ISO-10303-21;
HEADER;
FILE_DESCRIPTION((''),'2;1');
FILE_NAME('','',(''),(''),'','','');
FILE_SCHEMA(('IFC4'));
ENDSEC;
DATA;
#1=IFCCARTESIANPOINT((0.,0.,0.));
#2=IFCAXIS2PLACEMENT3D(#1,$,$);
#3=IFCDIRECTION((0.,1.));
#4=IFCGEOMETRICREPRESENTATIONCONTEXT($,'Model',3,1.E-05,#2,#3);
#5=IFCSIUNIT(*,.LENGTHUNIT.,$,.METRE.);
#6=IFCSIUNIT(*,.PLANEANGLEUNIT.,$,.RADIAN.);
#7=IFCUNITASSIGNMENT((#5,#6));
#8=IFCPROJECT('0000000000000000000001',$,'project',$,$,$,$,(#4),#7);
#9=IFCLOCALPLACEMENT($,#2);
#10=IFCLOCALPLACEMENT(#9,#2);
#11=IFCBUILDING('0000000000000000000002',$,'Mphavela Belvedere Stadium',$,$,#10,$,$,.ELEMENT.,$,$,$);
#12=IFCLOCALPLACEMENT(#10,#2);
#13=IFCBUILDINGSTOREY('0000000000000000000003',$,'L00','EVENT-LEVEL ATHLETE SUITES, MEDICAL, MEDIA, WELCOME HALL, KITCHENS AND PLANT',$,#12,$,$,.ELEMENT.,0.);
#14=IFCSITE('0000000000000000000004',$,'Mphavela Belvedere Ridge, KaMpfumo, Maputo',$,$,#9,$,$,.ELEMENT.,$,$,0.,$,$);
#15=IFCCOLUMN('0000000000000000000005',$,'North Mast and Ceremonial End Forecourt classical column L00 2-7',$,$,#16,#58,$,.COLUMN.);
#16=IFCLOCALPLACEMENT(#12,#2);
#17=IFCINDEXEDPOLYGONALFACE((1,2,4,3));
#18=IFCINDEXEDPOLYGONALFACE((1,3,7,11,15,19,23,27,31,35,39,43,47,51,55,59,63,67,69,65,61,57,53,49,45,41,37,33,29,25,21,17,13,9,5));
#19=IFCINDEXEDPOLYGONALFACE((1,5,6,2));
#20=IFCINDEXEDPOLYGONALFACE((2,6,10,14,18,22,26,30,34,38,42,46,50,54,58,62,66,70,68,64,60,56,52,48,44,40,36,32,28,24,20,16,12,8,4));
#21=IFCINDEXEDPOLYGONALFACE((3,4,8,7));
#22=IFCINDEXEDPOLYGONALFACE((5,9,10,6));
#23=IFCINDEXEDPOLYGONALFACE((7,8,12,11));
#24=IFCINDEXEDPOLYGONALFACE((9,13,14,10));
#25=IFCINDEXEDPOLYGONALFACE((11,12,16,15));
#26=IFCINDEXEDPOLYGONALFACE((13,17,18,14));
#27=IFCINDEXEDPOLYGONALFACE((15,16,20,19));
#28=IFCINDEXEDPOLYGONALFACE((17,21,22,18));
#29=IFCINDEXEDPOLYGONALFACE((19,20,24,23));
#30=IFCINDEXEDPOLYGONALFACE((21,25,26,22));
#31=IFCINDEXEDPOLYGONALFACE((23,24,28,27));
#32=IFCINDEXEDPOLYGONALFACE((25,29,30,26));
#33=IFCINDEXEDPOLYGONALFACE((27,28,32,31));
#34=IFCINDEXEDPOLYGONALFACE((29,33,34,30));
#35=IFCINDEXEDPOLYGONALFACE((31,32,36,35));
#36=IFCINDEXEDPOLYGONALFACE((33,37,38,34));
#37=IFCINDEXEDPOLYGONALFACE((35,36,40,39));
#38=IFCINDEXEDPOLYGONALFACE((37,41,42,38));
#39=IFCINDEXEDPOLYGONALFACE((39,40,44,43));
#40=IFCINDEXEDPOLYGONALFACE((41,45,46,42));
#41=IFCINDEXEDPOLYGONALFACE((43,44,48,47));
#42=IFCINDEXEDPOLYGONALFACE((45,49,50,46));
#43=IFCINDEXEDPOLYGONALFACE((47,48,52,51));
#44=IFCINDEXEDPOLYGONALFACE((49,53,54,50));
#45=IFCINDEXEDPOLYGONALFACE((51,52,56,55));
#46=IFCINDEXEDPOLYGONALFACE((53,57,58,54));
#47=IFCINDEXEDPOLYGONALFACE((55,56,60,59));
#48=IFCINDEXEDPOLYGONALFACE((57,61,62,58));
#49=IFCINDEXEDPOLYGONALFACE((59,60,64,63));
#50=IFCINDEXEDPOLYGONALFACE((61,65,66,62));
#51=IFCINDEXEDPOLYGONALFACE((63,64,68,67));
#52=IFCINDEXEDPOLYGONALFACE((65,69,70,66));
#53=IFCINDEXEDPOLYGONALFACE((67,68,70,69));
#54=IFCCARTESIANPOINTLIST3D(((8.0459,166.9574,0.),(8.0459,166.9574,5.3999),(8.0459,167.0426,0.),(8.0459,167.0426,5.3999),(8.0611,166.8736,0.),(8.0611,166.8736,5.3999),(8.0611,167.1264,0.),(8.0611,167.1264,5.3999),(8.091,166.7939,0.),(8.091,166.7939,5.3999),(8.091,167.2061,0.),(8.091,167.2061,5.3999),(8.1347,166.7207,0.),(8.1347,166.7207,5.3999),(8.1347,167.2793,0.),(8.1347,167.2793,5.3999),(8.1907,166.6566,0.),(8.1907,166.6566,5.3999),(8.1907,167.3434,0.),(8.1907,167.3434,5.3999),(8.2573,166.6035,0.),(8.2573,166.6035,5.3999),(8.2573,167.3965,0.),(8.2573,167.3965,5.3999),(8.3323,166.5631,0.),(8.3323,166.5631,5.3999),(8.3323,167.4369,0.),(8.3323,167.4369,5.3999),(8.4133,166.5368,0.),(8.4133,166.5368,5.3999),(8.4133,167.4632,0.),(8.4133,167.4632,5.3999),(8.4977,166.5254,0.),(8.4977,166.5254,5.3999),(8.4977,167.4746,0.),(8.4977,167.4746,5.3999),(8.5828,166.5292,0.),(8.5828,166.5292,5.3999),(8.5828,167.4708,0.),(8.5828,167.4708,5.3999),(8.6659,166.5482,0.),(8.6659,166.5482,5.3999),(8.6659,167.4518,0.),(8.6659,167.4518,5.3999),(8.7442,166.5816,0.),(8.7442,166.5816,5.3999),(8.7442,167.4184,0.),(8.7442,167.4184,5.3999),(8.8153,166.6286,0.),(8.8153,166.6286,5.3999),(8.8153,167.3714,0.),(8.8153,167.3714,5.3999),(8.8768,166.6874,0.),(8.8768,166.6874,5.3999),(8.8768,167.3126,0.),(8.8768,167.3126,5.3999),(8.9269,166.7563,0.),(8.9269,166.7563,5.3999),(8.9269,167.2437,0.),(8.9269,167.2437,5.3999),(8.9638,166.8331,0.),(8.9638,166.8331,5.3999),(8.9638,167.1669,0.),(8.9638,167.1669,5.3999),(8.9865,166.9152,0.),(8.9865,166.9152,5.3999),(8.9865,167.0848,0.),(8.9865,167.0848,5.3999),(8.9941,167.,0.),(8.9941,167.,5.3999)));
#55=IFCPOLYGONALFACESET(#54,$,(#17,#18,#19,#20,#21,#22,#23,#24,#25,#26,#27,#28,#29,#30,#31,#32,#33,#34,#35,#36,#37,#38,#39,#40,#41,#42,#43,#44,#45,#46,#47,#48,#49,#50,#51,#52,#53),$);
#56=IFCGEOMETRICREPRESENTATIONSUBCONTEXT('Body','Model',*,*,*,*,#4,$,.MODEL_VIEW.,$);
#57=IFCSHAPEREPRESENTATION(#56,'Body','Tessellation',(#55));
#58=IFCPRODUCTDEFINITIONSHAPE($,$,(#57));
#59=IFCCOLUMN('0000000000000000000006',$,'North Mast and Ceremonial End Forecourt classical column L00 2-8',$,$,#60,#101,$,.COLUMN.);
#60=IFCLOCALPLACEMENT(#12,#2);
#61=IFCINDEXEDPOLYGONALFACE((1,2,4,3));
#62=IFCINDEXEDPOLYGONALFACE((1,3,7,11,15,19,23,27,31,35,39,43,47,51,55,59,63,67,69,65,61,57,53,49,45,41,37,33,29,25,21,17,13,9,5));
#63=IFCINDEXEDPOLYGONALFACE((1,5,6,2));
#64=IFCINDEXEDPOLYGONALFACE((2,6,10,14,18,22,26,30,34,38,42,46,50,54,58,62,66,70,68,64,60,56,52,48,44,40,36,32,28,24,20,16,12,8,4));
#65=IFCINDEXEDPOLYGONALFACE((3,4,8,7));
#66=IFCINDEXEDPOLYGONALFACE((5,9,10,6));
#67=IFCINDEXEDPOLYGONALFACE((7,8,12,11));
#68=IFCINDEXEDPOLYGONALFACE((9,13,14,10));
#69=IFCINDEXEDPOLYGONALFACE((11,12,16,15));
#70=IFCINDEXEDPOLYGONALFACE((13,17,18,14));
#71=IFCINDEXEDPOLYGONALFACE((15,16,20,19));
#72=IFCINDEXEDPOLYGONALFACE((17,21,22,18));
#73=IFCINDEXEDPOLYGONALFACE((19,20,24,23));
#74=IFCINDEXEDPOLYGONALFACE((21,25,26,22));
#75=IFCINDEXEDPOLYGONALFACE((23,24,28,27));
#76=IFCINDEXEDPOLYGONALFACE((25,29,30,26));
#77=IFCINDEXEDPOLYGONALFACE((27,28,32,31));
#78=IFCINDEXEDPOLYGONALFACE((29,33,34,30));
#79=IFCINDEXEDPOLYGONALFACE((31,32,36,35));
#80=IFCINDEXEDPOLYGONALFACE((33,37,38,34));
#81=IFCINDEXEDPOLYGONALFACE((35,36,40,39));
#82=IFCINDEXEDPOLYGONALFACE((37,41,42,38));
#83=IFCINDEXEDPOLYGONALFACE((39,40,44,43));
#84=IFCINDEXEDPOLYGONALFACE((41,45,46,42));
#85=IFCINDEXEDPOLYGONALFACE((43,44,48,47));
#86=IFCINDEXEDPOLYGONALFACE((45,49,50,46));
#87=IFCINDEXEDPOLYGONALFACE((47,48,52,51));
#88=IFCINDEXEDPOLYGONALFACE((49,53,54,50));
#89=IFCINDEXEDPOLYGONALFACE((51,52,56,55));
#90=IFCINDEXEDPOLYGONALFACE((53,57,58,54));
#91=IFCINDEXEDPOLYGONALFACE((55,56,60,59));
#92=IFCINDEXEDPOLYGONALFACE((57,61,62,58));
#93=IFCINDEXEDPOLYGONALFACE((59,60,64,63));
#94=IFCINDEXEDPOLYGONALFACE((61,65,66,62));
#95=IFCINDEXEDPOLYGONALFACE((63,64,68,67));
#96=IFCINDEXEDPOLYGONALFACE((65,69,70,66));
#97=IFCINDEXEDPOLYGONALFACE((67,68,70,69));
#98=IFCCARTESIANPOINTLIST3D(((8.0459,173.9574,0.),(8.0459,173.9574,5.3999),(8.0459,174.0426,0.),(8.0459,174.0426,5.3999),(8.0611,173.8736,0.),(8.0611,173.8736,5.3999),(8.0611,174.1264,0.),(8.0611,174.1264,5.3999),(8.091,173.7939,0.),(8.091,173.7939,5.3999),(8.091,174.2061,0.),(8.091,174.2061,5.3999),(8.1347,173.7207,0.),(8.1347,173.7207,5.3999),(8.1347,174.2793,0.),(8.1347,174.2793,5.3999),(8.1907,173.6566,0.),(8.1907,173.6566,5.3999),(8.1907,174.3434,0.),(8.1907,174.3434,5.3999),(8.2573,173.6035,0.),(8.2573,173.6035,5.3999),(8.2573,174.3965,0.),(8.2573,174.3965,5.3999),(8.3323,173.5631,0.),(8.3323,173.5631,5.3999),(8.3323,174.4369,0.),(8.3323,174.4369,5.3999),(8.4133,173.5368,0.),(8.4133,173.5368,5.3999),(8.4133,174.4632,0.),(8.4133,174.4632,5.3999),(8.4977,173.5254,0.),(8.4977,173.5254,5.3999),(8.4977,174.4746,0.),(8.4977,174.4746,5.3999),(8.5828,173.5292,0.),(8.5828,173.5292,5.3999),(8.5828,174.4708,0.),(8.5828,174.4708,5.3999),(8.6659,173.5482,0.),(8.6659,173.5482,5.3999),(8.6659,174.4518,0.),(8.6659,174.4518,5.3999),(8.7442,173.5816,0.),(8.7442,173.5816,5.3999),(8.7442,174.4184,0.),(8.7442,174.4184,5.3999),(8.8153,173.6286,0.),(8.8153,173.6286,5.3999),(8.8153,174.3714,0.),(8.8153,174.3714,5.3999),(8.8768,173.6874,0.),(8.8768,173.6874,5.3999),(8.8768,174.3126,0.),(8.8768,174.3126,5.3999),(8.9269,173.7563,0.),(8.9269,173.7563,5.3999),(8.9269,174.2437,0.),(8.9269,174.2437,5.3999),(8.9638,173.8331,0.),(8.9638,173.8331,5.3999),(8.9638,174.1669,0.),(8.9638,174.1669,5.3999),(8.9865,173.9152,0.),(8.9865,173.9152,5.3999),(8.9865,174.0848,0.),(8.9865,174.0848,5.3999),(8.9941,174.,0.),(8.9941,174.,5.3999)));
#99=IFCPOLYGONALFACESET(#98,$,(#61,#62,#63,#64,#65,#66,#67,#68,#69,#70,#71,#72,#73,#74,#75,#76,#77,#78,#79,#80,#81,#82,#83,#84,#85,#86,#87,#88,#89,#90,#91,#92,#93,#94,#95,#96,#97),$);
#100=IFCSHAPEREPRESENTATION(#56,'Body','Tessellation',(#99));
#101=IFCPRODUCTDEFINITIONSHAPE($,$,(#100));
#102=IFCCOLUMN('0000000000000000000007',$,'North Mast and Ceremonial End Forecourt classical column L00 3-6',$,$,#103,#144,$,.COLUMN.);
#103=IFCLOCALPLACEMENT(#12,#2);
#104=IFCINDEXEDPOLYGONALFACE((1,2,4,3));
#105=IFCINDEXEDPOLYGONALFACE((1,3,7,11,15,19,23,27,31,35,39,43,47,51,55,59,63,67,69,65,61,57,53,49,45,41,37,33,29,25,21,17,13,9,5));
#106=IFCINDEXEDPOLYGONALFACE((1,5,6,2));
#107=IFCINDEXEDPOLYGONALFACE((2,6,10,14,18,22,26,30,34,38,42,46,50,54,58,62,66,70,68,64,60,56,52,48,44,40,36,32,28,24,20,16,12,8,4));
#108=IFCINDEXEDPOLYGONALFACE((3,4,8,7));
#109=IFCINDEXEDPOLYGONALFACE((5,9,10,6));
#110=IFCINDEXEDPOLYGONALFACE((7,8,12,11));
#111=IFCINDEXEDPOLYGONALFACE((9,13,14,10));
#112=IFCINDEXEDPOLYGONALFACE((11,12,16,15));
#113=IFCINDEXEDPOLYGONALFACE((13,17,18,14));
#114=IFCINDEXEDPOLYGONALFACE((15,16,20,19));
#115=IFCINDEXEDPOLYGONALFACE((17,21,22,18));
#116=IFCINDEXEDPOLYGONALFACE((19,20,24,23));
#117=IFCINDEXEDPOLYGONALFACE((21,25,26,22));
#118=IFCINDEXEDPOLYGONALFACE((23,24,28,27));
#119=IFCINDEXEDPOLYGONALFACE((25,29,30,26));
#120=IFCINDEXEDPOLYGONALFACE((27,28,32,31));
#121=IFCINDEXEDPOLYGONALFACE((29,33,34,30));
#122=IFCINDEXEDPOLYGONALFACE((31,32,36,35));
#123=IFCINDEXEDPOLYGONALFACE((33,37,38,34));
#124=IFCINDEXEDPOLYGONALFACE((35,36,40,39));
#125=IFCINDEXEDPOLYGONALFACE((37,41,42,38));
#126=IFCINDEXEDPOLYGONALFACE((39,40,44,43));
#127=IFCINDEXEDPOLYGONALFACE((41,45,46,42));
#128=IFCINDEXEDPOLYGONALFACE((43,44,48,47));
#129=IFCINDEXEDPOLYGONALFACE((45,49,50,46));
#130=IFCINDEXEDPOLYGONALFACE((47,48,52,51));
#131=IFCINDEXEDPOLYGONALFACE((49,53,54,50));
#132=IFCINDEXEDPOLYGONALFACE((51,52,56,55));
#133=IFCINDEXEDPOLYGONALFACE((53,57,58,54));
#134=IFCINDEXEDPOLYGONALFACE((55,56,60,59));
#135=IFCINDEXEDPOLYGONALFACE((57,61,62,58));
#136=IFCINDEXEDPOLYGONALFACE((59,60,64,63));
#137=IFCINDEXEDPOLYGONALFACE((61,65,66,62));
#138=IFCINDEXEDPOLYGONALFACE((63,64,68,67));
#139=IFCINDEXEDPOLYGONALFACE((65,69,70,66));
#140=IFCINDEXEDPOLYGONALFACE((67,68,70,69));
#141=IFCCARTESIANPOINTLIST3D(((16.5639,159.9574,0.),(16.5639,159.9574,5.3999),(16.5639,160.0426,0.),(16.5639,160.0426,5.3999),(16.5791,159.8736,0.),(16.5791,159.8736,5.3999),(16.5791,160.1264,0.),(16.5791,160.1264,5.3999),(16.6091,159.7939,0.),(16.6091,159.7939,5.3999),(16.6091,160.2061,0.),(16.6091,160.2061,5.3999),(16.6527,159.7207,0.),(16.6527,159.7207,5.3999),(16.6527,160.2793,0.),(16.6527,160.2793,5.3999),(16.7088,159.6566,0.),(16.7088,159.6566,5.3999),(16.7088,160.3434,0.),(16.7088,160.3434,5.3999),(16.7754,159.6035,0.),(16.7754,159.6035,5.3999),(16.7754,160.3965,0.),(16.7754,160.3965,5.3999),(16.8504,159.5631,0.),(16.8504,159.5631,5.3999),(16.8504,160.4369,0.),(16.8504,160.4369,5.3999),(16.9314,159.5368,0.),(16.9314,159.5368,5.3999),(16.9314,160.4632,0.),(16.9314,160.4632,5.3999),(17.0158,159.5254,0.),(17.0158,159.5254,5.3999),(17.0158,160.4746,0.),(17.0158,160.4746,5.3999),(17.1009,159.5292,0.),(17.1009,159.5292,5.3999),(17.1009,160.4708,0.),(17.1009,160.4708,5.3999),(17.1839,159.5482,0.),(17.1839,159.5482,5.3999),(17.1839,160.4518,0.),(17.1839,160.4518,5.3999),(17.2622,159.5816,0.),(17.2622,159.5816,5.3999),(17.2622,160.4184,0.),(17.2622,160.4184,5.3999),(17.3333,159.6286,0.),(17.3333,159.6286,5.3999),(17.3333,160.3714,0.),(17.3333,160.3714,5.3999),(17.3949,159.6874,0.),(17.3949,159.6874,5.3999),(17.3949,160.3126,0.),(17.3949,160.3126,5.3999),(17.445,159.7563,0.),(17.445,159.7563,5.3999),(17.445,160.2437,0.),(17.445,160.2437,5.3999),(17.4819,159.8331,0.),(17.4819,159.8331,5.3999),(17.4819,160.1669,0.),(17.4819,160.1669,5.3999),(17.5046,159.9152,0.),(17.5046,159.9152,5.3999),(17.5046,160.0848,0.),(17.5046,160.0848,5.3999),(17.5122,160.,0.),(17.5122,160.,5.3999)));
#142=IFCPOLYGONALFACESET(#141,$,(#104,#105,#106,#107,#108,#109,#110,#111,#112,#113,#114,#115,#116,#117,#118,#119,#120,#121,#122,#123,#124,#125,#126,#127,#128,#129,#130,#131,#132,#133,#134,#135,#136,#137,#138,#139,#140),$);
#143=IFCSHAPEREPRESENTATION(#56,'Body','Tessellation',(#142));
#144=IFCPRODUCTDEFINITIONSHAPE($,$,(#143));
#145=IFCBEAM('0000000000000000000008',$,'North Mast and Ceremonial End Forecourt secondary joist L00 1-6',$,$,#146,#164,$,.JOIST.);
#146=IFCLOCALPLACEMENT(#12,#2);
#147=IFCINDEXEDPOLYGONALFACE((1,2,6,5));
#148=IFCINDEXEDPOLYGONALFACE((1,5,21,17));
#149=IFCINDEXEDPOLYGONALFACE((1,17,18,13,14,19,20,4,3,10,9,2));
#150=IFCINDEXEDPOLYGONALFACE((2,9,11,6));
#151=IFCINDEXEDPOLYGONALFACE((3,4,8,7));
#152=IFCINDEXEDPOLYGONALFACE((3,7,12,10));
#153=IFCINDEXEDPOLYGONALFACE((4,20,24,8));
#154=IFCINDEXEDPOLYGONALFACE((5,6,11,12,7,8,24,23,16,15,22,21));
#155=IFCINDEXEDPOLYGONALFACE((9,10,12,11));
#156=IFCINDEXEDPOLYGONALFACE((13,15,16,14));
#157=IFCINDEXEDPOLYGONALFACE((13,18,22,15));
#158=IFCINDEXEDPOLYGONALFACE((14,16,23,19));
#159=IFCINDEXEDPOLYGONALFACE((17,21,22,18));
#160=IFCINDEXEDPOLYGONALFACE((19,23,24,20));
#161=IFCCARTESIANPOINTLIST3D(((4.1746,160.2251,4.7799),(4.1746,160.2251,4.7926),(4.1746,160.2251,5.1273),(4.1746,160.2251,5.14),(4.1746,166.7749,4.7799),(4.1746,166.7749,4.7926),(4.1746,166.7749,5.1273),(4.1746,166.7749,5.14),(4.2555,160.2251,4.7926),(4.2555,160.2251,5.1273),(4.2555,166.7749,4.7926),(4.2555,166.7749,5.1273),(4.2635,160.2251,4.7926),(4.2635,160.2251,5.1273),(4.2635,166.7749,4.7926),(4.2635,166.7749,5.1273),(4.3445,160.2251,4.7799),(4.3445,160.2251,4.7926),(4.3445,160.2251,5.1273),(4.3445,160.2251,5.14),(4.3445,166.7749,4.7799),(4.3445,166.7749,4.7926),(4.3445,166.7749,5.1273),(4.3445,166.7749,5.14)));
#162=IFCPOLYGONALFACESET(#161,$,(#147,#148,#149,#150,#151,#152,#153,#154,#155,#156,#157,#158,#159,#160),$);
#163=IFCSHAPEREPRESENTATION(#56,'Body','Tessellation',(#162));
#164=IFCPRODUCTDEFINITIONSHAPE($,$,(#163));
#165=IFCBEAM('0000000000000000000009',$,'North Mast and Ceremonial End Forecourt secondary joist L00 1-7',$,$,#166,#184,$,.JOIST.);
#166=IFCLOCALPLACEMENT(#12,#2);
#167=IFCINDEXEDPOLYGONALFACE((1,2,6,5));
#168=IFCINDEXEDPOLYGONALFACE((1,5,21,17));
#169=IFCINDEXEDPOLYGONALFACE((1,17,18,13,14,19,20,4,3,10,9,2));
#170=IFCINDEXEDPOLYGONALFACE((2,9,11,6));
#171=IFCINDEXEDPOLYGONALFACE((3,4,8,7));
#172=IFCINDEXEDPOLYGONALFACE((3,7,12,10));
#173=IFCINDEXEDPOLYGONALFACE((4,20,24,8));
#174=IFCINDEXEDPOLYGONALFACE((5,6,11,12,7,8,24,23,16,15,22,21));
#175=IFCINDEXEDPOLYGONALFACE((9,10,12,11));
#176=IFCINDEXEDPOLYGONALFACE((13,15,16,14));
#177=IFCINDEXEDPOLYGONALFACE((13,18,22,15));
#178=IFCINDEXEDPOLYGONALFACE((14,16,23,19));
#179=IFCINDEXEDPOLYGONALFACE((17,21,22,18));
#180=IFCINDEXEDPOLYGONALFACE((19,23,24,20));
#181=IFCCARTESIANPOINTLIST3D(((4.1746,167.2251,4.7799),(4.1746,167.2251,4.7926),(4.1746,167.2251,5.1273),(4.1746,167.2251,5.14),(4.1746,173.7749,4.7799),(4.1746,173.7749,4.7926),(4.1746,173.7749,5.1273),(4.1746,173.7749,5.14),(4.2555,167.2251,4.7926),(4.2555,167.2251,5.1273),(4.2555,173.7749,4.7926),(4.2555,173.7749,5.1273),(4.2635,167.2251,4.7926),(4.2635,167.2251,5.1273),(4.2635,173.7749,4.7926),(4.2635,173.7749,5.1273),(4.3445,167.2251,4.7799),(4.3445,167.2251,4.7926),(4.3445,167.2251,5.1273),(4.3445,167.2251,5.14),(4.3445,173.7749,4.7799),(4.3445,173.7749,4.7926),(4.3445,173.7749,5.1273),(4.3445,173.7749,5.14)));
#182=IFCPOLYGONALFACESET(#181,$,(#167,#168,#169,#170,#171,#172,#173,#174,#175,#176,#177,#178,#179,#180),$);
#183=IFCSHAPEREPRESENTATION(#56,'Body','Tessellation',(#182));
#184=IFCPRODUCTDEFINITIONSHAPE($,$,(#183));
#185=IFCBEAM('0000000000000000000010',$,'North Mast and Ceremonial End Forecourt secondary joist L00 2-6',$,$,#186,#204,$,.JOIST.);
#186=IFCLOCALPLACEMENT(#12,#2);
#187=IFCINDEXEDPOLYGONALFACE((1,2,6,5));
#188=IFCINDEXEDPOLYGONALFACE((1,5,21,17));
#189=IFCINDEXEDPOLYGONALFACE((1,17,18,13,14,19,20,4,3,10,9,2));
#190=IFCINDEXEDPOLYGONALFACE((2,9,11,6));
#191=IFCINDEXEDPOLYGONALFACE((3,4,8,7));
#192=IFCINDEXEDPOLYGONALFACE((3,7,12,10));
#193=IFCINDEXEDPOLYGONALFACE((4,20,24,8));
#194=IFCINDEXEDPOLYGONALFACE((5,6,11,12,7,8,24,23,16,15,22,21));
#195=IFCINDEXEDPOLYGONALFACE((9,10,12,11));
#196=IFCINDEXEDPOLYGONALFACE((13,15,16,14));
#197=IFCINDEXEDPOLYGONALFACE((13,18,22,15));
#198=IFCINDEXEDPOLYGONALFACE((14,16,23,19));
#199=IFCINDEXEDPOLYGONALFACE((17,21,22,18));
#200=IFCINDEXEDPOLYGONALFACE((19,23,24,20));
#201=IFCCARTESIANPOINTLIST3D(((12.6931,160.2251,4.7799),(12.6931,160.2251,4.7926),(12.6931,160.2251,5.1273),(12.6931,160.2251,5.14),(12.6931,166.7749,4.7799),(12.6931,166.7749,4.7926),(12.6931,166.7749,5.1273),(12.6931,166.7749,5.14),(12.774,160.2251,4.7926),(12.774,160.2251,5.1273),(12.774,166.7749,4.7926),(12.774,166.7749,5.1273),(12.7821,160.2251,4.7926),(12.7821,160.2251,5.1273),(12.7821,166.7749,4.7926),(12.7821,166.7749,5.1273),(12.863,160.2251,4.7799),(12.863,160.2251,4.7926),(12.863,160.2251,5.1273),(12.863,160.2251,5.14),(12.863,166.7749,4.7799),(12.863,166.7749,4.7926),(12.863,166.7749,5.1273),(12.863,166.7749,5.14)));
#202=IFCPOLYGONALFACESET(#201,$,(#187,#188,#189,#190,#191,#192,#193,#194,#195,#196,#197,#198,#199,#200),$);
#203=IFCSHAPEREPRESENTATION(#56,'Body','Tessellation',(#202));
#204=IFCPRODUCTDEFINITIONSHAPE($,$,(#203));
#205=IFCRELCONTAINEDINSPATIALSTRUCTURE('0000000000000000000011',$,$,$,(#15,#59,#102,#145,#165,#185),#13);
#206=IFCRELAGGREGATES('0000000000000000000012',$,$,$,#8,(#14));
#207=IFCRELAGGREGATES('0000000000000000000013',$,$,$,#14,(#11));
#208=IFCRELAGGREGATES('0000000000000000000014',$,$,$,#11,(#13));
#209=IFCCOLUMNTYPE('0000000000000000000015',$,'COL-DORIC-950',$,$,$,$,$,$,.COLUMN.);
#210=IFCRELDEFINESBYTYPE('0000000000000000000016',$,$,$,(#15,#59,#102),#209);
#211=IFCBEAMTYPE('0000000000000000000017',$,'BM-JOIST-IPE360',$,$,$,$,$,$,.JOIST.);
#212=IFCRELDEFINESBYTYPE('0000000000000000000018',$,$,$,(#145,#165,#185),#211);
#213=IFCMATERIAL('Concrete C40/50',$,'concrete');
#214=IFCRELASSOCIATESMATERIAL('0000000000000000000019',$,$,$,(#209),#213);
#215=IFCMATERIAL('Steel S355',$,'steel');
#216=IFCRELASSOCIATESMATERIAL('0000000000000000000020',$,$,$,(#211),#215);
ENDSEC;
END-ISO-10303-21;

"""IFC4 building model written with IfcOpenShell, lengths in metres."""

from ifc_helpers import new_model, si_unit, direction, frame, origin, origin_2d, place, context, subcontext, project, spatial, circle, i_section, extrude, material, material_profile, profile_set, type_object, element, save


model = new_model("IFC4")

# Units and contexts
model_context = context("Model", 3, precision=1e-05, world=origin(), true_north=direction((0.0, 1.0)))
body_context = subcontext(model_context, "Body", "Model", "MODEL_VIEW")
ifc_project = project(units=[si_unit("LENGTHUNIT", "METRE"), si_unit("PLANEANGLEUNIT", "RADIAN")], contexts=[model_context])

# Site, building, storey
site_placement = place(None, origin())
site = spatial("IfcSite", under=ifc_project, at=site_placement, Name="Mphavela Belvedere Ridge, KaMpfumo, Maputo", CompositionType="ELEMENT", RefElevation=0.0)
building_placement = place(site_placement, origin())
building = spatial("IfcBuilding", under=site, at=building_placement, Name="Mphavela Belvedere Stadium", CompositionType="ELEMENT")
storey_placement = place(building_placement, origin())
storey = spatial("IfcBuildingStorey", under=building, at=storey_placement, Name="L00", Description="EVENT-LEVEL ATHLETE SUITES, MEDICAL, MEDIA, WELCOME HALL, KITCHENS AND PLANT", CompositionType="ELEMENT", Elevation=0.0)

# Columns
ifc_material_1 = material(Name="Concrete C40/50", Category="concrete")
ifc_material_profile_1 = material_profile(ifc_material_1, circle(Radius=0.4751, at=origin_2d()), Name="COL D950")
ifc_profile_set_1 = profile_set([ifc_material_profile_1], Name="Concrete C40/50")
column_type = type_object("IfcColumnType", Name="COL-DORIC-950", PredefinedType="COLUMN", material=ifc_profile_set_1)
for number, where, z_axis, x_axis, name in (
    (1, (8.519, 167.0, 0.0), (0.0, 0.0, 1.0), (1.0, 0.0, 0.0), "North Mast and Ceremonial End Forecourt classical column L00 2-7"),
    (2, (8.519, 174.0, 0.0), (0.0, 0.0, 1.0), (1.0, 0.0, 0.0), "North Mast and Ceremonial End Forecourt classical column L00 2-8"),
    (3, (17.0371, 160.0, 0.0), (0.0, 0.0, 1.0), (1.0, 0.0, 0.0), "North Mast and Ceremonial End Forecourt classical column L00 3-6"),
):
    element("IfcColumn", number, at=place(storey_placement, frame(where, z_axis=z_axis, x_axis=x_axis)), inside=storey, type_object=column_type, Name=name, PredefinedType="COLUMN", context=body_context, shape_type="SweptSolid", body=[
        extrude(circle(Radius=0.4751, at=origin_2d()), origin(), (0.0, 0.0, 1.0), 5.3999),
    ])

# Beams
ifc_material_2 = material(Name="Steel S355", Category="steel")
ifc_material_profile_2 = material_profile(ifc_material_2, i_section(OverallWidth=0.1699, OverallDepth=0.3601, WebThickness=0.0081, FlangeThickness=0.0127, at=origin_2d()), Name="IPE 360")
ifc_profile_set_2 = profile_set([ifc_material_profile_2], Name="Steel S355")
beam_type_1 = type_object("IfcBeamType", Name="BM-JOIST-IPE360", PredefinedType="JOIST", material=ifc_profile_set_2)
for number, where, z_axis, x_axis, name in (
    (4, (4.2595, 160.2251, 4.96), (0.0, 1.0, 0.0), (-1.0, 0.0, 0.0), "North Mast and Ceremonial End Forecourt secondary joist L00 1-6"),
    (5, (4.2595, 167.2251, 4.96), (0.0, 1.0, 0.0), (-1.0, 0.0, 0.0), "North Mast and Ceremonial End Forecourt secondary joist L00 1-7"),
    (6, (12.7781, 160.2251, 4.96), (0.0, 1.0, 0.0), (-1.0, 0.0, 0.0), "North Mast and Ceremonial End Forecourt secondary joist L00 2-6"),
):
    element("IfcBeam", number, at=place(storey_placement, frame(where, z_axis=z_axis, x_axis=x_axis)), inside=storey, type_object=beam_type_1, Name=name, PredefinedType="JOIST", context=body_context, shape_type="SweptSolid", body=[
        extrude(i_section(OverallWidth=0.1699, OverallDepth=0.3601, WebThickness=0.0081, FlangeThickness=0.0127, at=origin_2d()), origin(), (0.0, 0.0, 1.0), 6.5498),
    ])

save(model, "model.ifc")
